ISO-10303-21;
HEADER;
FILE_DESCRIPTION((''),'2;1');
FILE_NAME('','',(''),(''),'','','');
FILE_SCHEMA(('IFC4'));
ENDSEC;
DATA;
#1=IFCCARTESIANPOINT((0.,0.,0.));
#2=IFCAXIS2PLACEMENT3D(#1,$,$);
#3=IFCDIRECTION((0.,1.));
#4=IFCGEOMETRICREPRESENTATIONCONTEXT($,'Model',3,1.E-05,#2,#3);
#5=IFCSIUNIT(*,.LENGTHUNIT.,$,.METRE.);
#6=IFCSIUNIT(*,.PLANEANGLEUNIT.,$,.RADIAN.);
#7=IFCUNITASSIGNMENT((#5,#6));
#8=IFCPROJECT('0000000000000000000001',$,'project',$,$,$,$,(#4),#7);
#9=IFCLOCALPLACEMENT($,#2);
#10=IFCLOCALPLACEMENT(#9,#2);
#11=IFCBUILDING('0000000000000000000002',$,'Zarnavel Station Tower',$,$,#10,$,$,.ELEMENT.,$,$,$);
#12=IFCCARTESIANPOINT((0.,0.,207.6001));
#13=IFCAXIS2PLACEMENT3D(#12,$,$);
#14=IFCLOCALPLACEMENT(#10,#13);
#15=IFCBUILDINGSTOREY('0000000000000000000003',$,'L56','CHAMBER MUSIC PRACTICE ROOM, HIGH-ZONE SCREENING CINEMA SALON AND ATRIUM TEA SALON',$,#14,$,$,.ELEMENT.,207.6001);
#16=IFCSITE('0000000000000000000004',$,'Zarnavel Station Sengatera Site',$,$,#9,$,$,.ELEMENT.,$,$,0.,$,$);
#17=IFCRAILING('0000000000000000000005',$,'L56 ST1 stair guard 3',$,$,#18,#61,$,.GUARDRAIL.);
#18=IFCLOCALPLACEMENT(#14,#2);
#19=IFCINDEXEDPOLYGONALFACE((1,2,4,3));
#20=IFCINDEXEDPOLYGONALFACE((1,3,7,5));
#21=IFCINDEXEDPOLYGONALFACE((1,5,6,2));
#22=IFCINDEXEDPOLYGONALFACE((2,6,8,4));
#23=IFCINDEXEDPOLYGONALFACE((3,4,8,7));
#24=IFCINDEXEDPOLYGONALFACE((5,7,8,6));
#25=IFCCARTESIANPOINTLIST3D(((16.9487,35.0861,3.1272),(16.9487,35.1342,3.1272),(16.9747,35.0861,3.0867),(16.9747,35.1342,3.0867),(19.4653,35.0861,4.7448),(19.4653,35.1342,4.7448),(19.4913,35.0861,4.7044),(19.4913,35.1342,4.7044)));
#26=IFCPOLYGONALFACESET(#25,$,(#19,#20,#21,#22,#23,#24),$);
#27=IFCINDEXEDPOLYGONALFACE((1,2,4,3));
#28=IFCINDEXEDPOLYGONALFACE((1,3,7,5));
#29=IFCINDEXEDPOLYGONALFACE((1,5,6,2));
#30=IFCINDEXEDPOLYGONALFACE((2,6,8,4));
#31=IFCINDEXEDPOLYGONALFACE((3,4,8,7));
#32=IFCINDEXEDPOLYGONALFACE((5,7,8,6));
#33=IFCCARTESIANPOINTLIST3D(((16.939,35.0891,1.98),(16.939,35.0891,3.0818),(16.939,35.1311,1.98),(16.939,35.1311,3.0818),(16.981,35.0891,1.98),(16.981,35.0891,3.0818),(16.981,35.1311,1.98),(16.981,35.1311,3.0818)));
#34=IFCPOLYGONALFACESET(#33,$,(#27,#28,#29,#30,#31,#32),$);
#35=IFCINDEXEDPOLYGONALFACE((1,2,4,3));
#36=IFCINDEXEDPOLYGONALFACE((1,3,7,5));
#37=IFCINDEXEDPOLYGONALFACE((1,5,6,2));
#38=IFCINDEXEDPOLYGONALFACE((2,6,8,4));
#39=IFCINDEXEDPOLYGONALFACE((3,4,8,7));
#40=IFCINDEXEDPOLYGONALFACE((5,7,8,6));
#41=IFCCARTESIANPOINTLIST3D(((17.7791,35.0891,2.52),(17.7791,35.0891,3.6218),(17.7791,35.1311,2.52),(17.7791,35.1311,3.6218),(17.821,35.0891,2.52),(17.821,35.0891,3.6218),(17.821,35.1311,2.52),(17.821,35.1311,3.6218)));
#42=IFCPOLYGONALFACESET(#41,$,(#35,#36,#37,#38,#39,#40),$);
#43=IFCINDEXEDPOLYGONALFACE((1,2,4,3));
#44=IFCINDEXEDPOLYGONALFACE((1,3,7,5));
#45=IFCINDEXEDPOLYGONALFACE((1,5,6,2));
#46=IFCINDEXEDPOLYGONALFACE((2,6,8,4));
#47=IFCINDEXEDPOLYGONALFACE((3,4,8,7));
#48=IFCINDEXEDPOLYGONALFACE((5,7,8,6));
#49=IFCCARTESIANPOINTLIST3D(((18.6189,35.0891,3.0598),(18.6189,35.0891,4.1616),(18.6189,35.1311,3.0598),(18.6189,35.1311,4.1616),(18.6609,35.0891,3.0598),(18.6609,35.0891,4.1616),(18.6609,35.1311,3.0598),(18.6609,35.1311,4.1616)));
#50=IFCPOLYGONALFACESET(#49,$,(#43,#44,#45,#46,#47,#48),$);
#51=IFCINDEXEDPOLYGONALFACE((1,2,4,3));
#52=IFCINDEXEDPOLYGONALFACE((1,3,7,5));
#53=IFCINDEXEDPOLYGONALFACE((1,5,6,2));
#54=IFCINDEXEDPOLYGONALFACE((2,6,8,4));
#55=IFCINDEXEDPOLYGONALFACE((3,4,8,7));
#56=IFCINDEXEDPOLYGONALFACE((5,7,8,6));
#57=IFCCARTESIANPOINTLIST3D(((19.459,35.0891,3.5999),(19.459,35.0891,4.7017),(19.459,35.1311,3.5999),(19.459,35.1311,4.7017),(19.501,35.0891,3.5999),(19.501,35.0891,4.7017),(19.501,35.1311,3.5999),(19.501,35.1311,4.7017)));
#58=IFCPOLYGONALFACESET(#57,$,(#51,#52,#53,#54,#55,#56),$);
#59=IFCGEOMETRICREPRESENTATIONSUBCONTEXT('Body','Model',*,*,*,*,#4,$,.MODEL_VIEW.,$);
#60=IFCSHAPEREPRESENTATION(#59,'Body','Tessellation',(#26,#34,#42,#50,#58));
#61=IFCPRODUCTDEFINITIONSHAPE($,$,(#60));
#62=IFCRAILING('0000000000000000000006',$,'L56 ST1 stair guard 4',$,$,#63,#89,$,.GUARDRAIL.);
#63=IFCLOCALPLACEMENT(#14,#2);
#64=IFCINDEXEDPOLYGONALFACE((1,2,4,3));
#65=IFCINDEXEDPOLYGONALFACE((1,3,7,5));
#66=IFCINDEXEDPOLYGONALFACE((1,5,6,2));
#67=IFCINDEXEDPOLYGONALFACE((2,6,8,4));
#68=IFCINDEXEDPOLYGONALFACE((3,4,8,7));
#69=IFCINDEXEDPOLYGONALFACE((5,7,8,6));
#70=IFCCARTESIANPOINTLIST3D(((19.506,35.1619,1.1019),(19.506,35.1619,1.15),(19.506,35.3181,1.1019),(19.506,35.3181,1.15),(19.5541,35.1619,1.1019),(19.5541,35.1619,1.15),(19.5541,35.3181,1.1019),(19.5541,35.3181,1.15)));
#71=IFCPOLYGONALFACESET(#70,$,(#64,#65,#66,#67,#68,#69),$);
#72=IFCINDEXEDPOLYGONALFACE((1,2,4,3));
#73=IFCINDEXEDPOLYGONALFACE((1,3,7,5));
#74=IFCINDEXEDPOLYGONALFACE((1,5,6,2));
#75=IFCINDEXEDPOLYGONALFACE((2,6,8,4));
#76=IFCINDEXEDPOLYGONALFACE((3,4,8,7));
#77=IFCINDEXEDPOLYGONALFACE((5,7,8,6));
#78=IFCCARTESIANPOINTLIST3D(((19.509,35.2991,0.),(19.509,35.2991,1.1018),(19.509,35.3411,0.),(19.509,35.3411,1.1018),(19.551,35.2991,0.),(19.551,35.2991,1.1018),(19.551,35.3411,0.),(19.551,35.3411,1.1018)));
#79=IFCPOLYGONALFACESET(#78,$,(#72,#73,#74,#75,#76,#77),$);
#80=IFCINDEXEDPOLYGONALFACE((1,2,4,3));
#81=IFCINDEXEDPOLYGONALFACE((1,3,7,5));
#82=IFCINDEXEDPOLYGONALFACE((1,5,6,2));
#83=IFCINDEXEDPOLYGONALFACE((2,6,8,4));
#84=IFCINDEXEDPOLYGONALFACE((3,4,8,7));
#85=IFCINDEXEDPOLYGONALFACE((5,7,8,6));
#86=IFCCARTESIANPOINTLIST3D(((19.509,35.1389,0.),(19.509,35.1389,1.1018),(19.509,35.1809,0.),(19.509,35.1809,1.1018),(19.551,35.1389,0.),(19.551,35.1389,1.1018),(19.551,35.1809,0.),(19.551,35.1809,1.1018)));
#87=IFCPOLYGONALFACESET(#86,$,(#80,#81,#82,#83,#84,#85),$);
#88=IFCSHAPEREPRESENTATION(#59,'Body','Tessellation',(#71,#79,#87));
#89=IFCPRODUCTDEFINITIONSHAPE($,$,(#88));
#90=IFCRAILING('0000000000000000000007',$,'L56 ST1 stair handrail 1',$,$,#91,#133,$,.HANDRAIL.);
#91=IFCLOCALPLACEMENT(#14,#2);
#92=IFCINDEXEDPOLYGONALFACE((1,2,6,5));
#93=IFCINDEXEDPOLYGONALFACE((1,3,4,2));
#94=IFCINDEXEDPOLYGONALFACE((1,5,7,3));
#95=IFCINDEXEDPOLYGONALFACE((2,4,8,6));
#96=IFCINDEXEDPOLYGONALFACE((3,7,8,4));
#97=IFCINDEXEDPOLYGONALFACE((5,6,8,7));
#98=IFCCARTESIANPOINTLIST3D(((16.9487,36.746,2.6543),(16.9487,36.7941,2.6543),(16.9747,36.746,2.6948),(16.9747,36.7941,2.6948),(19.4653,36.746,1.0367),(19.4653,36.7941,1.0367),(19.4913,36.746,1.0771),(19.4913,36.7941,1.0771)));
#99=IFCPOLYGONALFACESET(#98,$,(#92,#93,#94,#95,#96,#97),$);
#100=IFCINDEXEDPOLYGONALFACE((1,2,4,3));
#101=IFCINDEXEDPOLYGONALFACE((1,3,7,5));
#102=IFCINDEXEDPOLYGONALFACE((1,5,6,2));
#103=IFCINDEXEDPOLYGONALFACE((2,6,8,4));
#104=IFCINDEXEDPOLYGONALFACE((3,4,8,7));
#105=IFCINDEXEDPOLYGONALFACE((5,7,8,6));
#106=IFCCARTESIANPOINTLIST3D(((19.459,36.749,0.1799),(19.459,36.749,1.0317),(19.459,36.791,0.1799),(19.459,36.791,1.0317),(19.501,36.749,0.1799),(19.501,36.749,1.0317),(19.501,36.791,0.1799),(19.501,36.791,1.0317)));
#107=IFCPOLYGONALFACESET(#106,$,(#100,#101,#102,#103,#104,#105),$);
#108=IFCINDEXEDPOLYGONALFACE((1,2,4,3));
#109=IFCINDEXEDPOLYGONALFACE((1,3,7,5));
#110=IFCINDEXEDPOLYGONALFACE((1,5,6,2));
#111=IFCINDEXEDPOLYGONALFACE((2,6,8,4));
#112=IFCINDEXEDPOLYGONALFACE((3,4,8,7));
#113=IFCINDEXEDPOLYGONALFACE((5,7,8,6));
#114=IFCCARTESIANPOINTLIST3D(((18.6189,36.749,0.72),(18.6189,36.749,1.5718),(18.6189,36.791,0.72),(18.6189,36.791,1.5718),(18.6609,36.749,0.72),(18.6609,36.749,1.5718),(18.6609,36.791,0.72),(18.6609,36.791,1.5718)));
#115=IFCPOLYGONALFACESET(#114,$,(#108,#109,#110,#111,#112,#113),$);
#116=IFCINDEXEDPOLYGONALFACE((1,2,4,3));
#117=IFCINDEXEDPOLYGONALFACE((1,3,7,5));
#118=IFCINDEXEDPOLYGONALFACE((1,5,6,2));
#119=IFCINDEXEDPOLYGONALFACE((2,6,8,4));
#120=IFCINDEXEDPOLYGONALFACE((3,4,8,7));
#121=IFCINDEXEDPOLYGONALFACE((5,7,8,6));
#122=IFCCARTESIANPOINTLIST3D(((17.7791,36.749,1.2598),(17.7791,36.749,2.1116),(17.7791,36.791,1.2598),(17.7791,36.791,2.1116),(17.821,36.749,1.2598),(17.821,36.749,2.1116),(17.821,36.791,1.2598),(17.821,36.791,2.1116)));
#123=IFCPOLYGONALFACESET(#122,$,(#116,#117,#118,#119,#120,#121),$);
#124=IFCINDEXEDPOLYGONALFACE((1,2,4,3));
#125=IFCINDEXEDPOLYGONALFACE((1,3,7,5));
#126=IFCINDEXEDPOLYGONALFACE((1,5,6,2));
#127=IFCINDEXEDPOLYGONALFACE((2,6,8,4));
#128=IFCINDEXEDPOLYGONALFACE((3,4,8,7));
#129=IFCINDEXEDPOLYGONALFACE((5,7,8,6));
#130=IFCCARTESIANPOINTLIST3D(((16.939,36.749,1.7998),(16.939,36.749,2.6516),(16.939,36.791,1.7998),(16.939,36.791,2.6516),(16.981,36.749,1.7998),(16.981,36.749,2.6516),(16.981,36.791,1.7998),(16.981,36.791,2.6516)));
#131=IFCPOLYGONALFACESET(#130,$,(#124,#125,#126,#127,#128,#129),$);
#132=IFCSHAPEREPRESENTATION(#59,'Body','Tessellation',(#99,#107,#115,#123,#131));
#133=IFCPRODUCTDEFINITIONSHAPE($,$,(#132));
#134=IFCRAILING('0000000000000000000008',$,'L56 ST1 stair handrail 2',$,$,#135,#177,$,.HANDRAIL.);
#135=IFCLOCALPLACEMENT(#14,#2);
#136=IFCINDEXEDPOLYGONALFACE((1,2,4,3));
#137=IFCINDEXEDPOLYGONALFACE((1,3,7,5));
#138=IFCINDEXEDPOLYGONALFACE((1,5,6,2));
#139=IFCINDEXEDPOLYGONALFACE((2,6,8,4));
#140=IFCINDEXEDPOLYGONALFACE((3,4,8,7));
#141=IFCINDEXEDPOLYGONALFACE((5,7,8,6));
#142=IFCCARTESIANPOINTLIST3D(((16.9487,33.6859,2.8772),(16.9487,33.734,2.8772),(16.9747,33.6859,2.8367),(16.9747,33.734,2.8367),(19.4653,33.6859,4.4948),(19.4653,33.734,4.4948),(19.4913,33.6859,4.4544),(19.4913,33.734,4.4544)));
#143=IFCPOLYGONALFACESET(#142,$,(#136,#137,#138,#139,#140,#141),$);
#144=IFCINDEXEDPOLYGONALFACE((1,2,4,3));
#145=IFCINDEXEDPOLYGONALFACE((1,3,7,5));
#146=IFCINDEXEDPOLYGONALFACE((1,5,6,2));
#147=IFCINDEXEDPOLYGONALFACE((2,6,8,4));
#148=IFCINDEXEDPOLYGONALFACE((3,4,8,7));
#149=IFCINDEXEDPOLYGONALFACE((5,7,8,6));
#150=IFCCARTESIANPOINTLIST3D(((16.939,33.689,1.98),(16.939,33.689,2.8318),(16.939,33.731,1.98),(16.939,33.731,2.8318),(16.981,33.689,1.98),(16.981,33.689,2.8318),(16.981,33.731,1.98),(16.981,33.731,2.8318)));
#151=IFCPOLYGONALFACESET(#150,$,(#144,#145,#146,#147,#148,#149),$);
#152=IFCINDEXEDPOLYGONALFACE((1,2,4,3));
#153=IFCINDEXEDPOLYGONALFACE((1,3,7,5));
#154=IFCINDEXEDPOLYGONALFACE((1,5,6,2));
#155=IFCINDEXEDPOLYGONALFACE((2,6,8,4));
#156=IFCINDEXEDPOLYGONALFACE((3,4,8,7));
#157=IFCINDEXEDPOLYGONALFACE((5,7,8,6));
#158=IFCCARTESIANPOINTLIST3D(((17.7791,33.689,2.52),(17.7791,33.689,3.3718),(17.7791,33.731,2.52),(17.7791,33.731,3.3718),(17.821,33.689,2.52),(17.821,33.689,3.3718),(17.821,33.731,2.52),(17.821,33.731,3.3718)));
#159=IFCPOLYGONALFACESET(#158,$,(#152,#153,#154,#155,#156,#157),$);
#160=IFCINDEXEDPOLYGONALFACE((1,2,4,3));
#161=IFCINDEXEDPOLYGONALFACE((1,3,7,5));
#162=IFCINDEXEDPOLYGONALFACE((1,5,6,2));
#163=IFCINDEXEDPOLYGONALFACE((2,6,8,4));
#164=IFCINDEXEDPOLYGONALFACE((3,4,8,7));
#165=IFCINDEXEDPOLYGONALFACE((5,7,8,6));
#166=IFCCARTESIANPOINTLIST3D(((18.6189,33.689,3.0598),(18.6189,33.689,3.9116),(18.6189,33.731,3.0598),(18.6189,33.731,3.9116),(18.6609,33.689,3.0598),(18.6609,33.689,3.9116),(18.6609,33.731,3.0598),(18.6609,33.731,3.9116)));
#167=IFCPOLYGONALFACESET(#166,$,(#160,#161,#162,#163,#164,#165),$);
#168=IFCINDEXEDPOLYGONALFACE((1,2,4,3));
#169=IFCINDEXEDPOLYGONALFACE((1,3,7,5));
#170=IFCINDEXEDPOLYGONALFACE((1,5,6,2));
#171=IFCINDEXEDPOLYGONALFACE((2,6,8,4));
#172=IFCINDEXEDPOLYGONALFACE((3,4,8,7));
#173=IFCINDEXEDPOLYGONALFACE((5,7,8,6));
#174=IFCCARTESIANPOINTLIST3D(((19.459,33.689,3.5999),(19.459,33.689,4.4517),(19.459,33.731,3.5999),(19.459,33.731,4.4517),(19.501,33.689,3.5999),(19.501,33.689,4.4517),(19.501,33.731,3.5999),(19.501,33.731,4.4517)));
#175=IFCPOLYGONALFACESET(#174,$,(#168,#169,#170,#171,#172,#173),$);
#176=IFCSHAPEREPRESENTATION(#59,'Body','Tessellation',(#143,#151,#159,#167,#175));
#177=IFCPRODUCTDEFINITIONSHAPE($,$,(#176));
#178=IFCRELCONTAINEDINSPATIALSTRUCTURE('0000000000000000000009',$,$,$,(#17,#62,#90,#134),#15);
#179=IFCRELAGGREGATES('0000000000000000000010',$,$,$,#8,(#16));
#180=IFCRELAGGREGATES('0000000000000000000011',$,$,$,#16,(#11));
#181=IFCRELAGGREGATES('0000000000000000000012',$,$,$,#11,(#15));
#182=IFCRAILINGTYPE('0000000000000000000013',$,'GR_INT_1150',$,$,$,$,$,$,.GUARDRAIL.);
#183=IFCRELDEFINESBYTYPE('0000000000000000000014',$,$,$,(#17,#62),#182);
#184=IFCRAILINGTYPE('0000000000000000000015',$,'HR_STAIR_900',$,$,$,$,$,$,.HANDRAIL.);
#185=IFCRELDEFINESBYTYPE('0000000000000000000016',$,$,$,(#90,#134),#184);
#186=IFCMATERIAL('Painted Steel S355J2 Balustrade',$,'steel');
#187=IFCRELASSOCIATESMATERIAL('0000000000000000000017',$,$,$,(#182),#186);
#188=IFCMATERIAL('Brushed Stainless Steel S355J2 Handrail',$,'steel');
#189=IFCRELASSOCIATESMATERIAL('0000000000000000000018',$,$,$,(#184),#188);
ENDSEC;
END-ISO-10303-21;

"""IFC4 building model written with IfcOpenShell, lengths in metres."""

from ifc_helpers import new_model, si_unit, direction, frame, origin, origin_2d, place, context, subcontext, project, spatial, rectangle, extrude, material, type_object, element, save


model = new_model("IFC4")

# Units and contexts
model_context = context("Model", 3, precision=1e-05, world=origin(), true_north=direction((0.0, 1.0)))
body_context = subcontext(model_context, "Body", "Model", "MODEL_VIEW")
ifc_project = project(units=[si_unit("LENGTHUNIT", "METRE"), si_unit("PLANEANGLEUNIT", "RADIAN")], contexts=[model_context])

# Site, building, storey
site_placement = place(None, origin())
site = spatial("IfcSite", under=ifc_project, at=site_placement, Name="Zarnavel Station Sengatera Site", CompositionType="ELEMENT", RefElevation=0.0)
building_placement = place(site_placement, origin())
building = spatial("IfcBuilding", under=site, at=building_placement, Name="Zarnavel Station Tower", CompositionType="ELEMENT")
storey_placement = place(building_placement, frame((0.0, 0.0, 207.6001)))
storey = spatial("IfcBuildingStorey", under=building, at=storey_placement, Name="L56", Description="CHAMBER MUSIC PRACTICE ROOM, HIGH-ZONE SCREENING CINEMA SALON AND ATRIUM TEA SALON", CompositionType="ELEMENT", Elevation=207.6001)

# Railings
ifc_material_1 = material(Name="Painted Steel S355J2 Balustrade", Category="steel")
railing_type_1 = type_object("IfcRailingType", Name="GR_INT_1150", PredefinedType="GUARDRAIL", material=ifc_material_1)
railing_1_placement = place(storey_placement, frame((16.96, 35.1101, 1.98)))
element("IfcRailing", 1, at=railing_1_placement, inside=storey, type_object=railing_type_1, Name="L56 ST1 stair guard 3", PredefinedType="GUARDRAIL", context=body_context, shape_type="SweptSolid", body=[
    extrude(rectangle(XDim=0.0481, YDim=0.0481, at=origin_2d()), frame((0.0017, 0.0, 1.127), z_axis=(0.8412, 0.0, 0.540725), x_axis=(0.0, 1.0, 0.0)), (0.0, 0.0, 1.0), 2.9917),
    extrude(rectangle(XDim=0.042, YDim=0.042, at=origin_2d()), origin(), (0.0, 0.0, 1.0), 1.1018),
    extrude(rectangle(XDim=0.042, YDim=0.042, at=origin_2d()), frame((0.8401, 0.0, 0.54)), (0.0, 0.0, 1.0), 1.1018),
    extrude(rectangle(XDim=0.042, YDim=0.042, at=origin_2d()), frame((1.6799, 0.0, 1.0798)), (0.0, 0.0, 1.0), 1.1018),
    extrude(rectangle(XDim=0.042, YDim=0.042, at=origin_2d()), frame((2.52, 0.0, 1.6199)), (0.0, 0.0, 1.0), 1.1018),
])
railing_2_placement = place(storey_placement, frame((19.53, 35.3201, 0.0)))
element("IfcRailing", 2, at=railing_2_placement, inside=storey, type_object=railing_type_1, Name="L56 ST1 stair guard 4", PredefinedType="GUARDRAIL", context=body_context, shape_type="SweptSolid", body=[
    extrude(rectangle(XDim=0.0481, YDim=0.0481, at=origin_2d()), frame((0.0, -0.002, 1.126), z_axis=(0.0, -1.0, 0.0), x_axis=(1.0, 0.0, 0.0)), (0.0, 0.0, 1.0), 0.1562),
    extrude(rectangle(XDim=0.042, YDim=0.042, at=origin_2d()), origin(), (0.0, 0.0, 1.0), 1.1018),
    extrude(rectangle(XDim=0.042, YDim=0.042, at=origin_2d()), frame((0.0, -0.1602, 0.0)), (0.0, 0.0, 1.0), 1.1018),
])
ifc_material_2 = material(Name="Brushed Stainless Steel S355J2 Handrail", Category="steel")
railing_type_2 = type_object("IfcRailingType", Name="HR_STAIR_900", PredefinedType="HANDRAIL", material=ifc_material_2)
railing_3_placement = place(storey_placement, frame((19.48, 36.77, 0.1799)))
element("IfcRailing", 3, at=railing_3_placement, inside=storey, type_object=railing_type_2, Name="L56 ST1 stair handrail 1", PredefinedType="HANDRAIL", context=body_context, shape_type="SweptSolid", body=[
    extrude(rectangle(XDim=0.0481, YDim=0.0481, at=origin_2d()), frame((-0.0017, 0.0, 0.877), z_axis=(-0.8412, 0.0, 0.540725), x_axis=(0.0, -1.0, 0.0)), (0.0, 0.0, 1.0), 2.9917),
    extrude(rectangle(XDim=0.042, YDim=0.042, at=origin_2d()), origin(), (0.0, 0.0, 1.0), 0.8518),
    extrude(rectangle(XDim=0.042, YDim=0.042, at=origin_2d()), frame((-0.8401, 0.0, 0.54)), (0.0, 0.0, 1.0), 0.8518),
    extrude(rectangle(XDim=0.042, YDim=0.042, at=origin_2d()), frame((-1.6799, 0.0, 1.0798)), (0.0, 0.0, 1.0), 0.8518),
    extrude(rectangle(XDim=0.042, YDim=0.042, at=origin_2d()), frame((-2.52, 0.0, 1.6199)), (0.0, 0.0, 1.0), 0.8518),
])
railing_4_placement = place(storey_placement, frame((16.96, 33.71, 1.98)))
element("IfcRailing", 4, at=railing_4_placement, inside=storey, type_object=railing_type_2, Name="L56 ST1 stair handrail 2", PredefinedType="HANDRAIL", context=body_context, shape_type="SweptSolid", body=[
    extrude(rectangle(XDim=0.0481, YDim=0.0481, at=origin_2d()), frame((0.0017, 0.0, 0.877), z_axis=(0.8412, 0.0, 0.540725), x_axis=(0.0, 1.0, 0.0)), (0.0, 0.0, 1.0), 2.9917),
    extrude(rectangle(XDim=0.042, YDim=0.042, at=origin_2d()), origin(), (0.0, 0.0, 1.0), 0.8518),
    extrude(rectangle(XDim=0.042, YDim=0.042, at=origin_2d()), frame((0.8401, 0.0, 0.54)), (0.0, 0.0, 1.0), 0.8518),
    extrude(rectangle(XDim=0.042, YDim=0.042, at=origin_2d()), frame((1.6799, 0.0, 1.0798)), (0.0, 0.0, 1.0), 0.8518),
    extrude(rectangle(XDim=0.042, YDim=0.042, at=origin_2d()), frame((2.52, 0.0, 1.6199)), (0.0, 0.0, 1.0), 0.8518),
])

save(model, "model.ifc")
